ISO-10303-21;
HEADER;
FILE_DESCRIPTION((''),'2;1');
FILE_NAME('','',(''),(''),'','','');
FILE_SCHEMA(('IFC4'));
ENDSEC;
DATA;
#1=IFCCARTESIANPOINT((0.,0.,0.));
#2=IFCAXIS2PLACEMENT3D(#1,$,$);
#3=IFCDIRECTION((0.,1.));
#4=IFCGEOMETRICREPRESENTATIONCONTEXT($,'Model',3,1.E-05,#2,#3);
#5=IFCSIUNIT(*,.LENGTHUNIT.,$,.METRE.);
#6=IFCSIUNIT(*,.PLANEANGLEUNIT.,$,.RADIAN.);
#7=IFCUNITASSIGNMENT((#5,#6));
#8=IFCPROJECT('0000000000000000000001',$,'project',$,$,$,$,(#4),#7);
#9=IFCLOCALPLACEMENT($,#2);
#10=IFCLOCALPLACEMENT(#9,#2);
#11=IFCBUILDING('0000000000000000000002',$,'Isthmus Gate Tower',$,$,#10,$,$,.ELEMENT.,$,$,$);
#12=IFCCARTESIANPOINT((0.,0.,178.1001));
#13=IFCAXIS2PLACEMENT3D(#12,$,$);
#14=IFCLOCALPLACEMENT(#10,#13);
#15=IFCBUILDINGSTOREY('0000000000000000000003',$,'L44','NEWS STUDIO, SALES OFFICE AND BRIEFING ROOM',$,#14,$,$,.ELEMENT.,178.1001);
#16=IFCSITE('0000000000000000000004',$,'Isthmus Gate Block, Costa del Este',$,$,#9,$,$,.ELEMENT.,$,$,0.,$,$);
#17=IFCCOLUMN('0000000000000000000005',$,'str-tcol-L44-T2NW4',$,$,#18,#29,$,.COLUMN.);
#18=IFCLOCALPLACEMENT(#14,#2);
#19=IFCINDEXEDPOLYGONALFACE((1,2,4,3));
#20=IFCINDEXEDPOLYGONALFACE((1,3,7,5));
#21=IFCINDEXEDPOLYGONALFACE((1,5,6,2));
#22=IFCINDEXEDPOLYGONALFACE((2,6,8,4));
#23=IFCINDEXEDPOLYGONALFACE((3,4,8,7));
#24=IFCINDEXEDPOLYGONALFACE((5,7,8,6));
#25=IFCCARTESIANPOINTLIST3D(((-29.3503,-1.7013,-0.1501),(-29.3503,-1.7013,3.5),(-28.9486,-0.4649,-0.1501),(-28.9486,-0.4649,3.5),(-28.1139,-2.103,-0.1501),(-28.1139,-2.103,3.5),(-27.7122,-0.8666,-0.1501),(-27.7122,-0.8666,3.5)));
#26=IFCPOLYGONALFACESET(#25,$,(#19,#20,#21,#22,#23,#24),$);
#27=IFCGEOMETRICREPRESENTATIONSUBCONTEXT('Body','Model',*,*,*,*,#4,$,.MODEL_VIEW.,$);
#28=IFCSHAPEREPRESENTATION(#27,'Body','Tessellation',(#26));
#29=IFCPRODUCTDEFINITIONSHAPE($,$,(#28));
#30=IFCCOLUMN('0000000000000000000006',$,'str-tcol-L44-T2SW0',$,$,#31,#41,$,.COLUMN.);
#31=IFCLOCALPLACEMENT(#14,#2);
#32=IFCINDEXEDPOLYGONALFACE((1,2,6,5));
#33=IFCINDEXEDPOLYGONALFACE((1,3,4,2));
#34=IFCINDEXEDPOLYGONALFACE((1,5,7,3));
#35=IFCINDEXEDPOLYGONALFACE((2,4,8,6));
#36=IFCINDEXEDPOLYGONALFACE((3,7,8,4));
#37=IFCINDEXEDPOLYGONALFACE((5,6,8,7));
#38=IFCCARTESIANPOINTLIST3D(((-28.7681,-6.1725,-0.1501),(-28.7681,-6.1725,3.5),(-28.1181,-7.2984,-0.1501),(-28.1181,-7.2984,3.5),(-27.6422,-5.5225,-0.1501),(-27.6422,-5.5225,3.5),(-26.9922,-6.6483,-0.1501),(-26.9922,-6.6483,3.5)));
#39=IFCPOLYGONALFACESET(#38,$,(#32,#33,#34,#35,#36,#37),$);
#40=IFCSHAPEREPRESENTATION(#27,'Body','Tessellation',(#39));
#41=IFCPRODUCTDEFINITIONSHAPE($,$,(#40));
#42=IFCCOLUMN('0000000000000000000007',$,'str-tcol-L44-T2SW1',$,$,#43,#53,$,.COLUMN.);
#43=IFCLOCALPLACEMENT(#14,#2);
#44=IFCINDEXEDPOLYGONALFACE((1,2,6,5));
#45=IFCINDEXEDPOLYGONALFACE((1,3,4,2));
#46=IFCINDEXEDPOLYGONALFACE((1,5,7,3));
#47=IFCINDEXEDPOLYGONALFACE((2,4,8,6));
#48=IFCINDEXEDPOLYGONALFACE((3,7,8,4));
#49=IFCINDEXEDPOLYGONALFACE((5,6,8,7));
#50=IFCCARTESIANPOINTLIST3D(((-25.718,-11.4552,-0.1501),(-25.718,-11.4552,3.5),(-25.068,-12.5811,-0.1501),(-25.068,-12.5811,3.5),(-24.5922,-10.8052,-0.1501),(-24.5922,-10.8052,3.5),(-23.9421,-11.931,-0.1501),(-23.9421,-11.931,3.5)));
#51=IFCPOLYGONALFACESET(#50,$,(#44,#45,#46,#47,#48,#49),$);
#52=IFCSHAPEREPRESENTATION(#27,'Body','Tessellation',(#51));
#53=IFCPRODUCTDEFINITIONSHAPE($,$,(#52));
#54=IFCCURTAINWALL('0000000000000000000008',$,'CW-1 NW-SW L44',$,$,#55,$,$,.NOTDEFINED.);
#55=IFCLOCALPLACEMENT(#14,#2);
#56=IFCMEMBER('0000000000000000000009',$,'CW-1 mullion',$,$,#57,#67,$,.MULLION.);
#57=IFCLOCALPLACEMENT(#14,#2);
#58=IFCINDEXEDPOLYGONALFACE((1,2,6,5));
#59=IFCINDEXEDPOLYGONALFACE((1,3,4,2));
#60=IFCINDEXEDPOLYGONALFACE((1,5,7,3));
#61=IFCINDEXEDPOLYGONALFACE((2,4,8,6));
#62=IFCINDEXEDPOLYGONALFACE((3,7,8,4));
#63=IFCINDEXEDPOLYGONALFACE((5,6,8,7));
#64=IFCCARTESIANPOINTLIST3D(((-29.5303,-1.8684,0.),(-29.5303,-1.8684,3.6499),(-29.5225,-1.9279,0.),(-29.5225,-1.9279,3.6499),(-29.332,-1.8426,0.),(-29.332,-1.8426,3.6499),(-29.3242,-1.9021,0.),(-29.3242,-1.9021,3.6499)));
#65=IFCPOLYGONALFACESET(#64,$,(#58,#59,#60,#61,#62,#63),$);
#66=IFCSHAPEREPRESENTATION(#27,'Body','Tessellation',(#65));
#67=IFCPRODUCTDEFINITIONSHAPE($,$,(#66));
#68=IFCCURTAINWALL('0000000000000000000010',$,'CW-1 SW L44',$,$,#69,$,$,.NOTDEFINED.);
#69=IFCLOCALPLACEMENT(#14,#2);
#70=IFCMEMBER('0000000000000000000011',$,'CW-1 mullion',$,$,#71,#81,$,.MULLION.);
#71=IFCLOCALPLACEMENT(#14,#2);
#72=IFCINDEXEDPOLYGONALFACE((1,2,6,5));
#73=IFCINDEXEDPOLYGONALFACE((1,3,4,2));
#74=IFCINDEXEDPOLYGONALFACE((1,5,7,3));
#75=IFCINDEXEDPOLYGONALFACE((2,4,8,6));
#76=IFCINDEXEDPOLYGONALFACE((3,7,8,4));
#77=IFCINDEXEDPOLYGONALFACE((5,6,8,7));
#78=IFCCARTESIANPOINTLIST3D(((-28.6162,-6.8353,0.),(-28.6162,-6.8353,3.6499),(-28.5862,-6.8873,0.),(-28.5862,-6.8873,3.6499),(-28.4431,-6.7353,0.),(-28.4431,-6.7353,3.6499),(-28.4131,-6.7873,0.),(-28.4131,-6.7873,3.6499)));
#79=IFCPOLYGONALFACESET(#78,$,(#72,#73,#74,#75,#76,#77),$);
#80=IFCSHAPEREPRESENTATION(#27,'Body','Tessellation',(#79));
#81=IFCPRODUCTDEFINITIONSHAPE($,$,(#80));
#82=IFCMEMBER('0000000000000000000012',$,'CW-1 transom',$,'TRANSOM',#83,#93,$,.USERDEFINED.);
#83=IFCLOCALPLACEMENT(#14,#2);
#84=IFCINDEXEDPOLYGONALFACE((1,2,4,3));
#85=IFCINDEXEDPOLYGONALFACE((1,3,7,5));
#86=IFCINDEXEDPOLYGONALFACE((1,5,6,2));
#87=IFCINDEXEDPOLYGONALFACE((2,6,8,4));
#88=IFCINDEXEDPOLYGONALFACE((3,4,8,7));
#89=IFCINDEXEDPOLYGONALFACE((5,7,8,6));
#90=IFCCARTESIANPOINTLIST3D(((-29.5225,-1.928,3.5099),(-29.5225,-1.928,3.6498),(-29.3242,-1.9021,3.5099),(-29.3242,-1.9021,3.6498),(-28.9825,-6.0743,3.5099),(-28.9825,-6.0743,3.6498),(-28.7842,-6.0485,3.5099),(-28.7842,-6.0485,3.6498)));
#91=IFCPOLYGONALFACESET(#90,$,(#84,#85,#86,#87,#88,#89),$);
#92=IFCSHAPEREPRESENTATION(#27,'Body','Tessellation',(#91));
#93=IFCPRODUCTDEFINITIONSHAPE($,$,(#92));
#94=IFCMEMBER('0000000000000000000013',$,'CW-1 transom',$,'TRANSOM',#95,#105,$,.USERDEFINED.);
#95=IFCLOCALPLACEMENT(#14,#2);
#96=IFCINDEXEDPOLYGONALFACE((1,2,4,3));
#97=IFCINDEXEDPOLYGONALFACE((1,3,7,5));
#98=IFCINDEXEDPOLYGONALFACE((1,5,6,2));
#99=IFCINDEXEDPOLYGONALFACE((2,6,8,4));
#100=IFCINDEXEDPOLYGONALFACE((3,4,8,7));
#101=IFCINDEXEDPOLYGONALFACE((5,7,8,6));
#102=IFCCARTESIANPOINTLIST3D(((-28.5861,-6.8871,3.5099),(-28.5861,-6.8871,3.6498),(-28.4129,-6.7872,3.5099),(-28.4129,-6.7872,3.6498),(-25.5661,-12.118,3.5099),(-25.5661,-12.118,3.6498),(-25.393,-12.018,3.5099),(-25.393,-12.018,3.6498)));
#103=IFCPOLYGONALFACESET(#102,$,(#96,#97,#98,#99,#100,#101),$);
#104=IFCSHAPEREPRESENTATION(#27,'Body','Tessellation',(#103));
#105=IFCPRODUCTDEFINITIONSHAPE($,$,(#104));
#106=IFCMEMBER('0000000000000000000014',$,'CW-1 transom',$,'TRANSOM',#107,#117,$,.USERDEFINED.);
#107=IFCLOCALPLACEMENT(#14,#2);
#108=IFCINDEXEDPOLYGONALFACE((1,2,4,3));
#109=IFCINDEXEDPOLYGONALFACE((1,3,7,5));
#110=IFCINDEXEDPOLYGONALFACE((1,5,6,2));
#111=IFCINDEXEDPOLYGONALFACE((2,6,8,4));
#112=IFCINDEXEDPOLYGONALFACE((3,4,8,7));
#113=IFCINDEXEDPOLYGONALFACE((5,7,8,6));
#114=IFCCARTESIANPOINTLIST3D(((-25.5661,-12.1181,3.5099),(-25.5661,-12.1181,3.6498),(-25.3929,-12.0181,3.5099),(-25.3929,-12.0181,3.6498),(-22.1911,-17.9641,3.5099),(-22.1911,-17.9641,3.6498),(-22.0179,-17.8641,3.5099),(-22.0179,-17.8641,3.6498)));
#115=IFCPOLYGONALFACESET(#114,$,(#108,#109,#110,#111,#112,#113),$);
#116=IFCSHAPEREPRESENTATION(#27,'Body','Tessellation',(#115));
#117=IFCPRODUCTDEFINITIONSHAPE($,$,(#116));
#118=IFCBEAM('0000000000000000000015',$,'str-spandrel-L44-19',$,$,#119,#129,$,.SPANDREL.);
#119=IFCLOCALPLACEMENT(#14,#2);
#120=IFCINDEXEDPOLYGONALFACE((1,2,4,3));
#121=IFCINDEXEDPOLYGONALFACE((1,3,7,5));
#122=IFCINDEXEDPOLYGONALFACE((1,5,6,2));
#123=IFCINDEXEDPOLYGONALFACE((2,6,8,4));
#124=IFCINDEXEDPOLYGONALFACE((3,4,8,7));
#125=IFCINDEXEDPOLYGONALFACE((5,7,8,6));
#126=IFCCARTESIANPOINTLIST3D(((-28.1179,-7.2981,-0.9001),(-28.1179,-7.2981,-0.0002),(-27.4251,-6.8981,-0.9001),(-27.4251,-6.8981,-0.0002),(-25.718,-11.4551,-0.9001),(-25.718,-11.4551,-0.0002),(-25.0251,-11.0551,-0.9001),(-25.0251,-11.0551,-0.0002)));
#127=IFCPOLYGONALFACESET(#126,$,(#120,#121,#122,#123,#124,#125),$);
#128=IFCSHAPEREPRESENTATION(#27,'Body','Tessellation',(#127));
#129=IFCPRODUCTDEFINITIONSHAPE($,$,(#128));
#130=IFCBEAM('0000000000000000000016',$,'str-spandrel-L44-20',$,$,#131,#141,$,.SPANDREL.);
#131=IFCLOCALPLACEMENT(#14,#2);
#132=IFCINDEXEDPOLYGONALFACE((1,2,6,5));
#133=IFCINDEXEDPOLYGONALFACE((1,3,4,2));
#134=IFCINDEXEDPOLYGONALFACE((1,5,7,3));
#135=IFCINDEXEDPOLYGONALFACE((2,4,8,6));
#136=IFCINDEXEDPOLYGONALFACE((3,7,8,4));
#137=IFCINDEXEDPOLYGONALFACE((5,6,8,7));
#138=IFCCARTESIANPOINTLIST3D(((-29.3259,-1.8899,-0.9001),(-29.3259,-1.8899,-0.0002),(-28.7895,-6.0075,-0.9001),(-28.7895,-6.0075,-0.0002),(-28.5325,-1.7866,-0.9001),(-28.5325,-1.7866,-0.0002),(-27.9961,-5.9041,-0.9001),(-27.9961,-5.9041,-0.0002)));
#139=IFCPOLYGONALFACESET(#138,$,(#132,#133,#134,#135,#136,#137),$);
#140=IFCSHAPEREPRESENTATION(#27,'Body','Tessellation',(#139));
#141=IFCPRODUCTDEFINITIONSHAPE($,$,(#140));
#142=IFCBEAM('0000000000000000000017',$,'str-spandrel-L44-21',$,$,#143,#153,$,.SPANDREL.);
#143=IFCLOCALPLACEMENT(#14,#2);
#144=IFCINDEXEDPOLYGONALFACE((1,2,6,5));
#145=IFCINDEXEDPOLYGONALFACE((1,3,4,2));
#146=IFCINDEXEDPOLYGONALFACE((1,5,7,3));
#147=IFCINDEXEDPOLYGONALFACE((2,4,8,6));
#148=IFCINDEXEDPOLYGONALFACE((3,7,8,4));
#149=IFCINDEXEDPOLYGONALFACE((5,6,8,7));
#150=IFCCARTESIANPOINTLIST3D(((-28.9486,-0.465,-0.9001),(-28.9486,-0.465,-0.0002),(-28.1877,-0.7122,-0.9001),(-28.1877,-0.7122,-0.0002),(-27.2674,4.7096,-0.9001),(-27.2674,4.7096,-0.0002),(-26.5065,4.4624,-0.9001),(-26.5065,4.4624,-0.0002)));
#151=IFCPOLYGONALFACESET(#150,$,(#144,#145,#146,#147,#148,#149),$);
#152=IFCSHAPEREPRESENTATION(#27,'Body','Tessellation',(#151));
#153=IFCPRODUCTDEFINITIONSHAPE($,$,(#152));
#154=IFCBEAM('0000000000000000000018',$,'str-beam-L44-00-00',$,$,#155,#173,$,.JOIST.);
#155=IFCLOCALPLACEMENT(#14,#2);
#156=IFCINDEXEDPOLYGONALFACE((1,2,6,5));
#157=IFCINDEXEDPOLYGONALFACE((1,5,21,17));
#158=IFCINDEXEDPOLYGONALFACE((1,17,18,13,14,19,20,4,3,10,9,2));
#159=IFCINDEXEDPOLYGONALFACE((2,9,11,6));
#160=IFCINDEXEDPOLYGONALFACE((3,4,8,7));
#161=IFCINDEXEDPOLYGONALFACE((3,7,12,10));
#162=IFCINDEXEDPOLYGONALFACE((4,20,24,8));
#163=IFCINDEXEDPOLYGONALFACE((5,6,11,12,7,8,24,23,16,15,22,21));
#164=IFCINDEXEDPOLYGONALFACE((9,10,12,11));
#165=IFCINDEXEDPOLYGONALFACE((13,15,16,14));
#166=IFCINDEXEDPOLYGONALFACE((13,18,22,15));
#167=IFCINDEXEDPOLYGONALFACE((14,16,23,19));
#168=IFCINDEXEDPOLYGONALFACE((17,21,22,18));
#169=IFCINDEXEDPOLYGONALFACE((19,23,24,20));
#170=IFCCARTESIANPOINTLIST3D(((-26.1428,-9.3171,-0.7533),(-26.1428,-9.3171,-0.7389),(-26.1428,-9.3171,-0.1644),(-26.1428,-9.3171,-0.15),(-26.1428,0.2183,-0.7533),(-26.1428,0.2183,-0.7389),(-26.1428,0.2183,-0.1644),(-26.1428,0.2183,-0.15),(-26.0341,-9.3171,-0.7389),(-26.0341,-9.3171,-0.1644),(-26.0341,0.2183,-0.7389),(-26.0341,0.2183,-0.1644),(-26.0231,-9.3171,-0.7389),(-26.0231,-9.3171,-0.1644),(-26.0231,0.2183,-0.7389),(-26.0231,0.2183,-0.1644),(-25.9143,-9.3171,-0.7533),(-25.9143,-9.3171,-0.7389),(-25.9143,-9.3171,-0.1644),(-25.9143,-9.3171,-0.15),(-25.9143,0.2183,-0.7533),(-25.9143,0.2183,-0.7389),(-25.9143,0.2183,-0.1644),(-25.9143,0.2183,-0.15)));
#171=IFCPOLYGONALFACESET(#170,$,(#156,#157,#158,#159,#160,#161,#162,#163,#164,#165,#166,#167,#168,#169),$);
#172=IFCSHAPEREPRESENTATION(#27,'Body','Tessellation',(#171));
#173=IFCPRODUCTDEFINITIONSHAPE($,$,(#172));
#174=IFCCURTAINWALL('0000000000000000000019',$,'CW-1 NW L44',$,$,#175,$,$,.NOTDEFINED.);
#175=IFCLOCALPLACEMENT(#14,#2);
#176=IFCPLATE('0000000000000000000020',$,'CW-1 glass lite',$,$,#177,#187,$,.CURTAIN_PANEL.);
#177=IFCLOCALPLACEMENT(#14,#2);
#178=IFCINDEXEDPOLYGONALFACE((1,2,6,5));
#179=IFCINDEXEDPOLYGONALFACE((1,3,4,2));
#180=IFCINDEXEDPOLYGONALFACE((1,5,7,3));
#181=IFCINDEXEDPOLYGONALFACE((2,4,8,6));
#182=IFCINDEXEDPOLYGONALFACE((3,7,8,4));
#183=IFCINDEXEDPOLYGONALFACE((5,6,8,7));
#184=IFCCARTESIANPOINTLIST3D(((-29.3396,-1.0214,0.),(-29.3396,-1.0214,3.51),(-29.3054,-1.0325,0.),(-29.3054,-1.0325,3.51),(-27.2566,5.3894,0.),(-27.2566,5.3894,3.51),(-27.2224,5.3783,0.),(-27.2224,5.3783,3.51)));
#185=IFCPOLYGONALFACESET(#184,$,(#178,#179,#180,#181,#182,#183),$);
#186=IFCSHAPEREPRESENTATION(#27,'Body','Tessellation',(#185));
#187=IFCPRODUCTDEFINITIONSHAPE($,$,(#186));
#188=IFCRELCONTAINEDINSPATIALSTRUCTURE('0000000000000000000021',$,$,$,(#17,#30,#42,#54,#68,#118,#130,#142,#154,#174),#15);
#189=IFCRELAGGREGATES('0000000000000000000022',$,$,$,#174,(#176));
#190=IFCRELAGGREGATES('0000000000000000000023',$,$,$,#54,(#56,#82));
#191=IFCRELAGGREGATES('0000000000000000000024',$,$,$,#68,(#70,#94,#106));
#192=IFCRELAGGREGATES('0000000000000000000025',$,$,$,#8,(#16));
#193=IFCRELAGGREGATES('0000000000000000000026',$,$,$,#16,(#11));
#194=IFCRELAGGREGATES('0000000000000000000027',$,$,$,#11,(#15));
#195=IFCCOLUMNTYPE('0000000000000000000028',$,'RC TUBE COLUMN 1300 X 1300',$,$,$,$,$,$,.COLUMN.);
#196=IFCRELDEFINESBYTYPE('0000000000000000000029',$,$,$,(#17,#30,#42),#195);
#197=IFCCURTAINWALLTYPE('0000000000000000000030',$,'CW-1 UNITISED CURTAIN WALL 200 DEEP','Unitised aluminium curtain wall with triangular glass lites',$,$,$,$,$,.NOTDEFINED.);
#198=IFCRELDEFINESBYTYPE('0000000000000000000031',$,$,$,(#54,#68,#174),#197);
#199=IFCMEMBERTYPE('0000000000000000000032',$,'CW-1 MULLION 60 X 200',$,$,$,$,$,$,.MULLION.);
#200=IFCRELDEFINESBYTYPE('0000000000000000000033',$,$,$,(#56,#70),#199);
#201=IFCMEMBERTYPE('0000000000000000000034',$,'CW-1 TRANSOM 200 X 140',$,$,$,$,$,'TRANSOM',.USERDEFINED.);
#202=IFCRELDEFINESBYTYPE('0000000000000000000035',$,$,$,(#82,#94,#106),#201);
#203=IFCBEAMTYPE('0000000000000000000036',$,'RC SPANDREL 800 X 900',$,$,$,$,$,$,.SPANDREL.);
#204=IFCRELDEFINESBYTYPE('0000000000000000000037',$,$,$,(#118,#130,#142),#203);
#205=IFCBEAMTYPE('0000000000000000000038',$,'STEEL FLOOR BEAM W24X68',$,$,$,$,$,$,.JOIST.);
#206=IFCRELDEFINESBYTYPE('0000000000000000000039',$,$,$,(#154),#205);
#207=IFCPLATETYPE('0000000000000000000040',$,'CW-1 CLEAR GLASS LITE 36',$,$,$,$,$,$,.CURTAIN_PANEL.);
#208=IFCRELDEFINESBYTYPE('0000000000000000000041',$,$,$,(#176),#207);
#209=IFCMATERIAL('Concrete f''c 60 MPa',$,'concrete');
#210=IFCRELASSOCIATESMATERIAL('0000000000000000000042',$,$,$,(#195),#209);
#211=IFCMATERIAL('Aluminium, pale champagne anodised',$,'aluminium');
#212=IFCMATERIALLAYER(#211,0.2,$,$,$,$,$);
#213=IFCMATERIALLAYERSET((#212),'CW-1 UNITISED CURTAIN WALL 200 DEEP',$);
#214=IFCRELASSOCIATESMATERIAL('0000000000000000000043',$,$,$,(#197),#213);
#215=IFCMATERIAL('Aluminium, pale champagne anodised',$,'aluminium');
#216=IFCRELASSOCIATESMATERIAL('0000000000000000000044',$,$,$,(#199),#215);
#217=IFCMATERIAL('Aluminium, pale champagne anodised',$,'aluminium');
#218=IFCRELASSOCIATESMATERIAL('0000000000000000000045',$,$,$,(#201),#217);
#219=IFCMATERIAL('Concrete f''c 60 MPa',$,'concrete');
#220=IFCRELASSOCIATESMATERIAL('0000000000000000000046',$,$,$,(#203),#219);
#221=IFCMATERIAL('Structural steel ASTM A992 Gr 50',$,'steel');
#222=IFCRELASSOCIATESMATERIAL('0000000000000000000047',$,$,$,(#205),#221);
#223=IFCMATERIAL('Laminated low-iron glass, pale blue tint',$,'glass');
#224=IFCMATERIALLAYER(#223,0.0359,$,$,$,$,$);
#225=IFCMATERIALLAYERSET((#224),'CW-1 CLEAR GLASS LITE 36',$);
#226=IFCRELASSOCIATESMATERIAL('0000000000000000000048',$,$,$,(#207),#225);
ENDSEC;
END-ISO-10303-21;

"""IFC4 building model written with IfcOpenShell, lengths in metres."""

from ifc_helpers import new_model, si_unit, direction, frame, origin, origin_2d, place, context, subcontext, project, spatial, rectangle, i_section, extrude, material, layer, layer_set, material_profile, profile_set, type_object, element, aggregate, save


model = new_model("IFC4")

# Units and contexts
model_context = context("Model", 3, precision=1e-05, world=origin(), true_north=direction((0.0, 1.0)))
body_context = subcontext(model_context, "Body", "Model", "MODEL_VIEW")
ifc_project = project(units=[si_unit("LENGTHUNIT", "METRE"), si_unit("PLANEANGLEUNIT", "RADIAN")], contexts=[model_context])

# Site, building, storey
site_placement = place(None, origin())
site = spatial("IfcSite", under=ifc_project, at=site_placement, Name="Isthmus Gate Block, Costa del Este", CompositionType="ELEMENT", RefElevation=0.0)
building_placement = place(site_placement, origin())
building = spatial("IfcBuilding", under=site, at=building_placement, Name="Isthmus Gate Tower", CompositionType="ELEMENT")
storey_placement = place(building_placement, frame((0.0, 0.0, 178.1001)))
storey = spatial("IfcBuildingStorey", under=building, at=storey_placement, Name="L44", Description="NEWS STUDIO, SALES OFFICE AND BRIEFING ROOM", CompositionType="ELEMENT", Elevation=178.1001)

# Columns
ifc_material_1 = material(Name="Concrete f'c 60 MPa", Category="concrete")
ifc_material_profile_1 = material_profile(ifc_material_1, rectangle(XDim=1.3, YDim=1.3, at=origin_2d()), Name="RC 1300X1300")
ifc_profile_set_1 = profile_set([ifc_material_profile_1], Name="Concrete f'c 60 MPa")
column_type = type_object("IfcColumnType", Name="RC TUBE COLUMN 1300 X 1300", PredefinedType="COLUMN", material=ifc_profile_set_1)
for number, where, z_axis, x_axis, name in (
    (1, (-28.5312, -1.2839, -0.1501), (0.0, 0.0, 1.0), (-0.309017, -0.951057, 0.0), "str-tcol-L44-T2NW4"),
    (2, (-27.8801, -6.4104, -0.1501), (0.0, 0.0, 1.0), (0.5, -0.866025, 0.0), "str-tcol-L44-T2SW0"),
    (3, (-24.8301, -11.6931, -0.1501), (0.0, 0.0, 1.0), (0.5, -0.866025, 0.0), "str-tcol-L44-T2SW1"),
):
    element("IfcColumn", number, at=place(storey_placement, frame(where, z_axis=z_axis, x_axis=x_axis)), inside=storey, type_object=column_type, Name=name, PredefinedType="COLUMN", context=body_context, shape_type="SweptSolid", body=[
        extrude(rectangle(XDim=1.3, YDim=1.3, at=origin_2d()), origin(), (0.0, 0.0, 1.0), 3.6501),
    ])

# Curtain walls, members
ifc_material_2 = material(Name="Aluminium, pale champagne anodised", Category="aluminium")
ifc_layer_1 = layer(ifc_material_2, 0.2)
ifc_layer_set_1 = layer_set([ifc_layer_1], Name="CW-1 UNITISED CURTAIN WALL 200 DEEP")
curtain_wall_type = type_object("IfcCurtainWallType", Name="CW-1 UNITISED CURTAIN WALL 200 DEEP", Description="Unitised aluminium curtain wall with triangular glass lites", PredefinedType="NOTDEFINED", material=ifc_layer_set_1)
curtain_wall_1_placement = place(storey_placement, origin())
curtain_wall_1 = element("IfcCurtainWall", 4, at=curtain_wall_1_placement, inside=storey, type_object=curtain_wall_type, Name="CW-1 NW-SW L44", PredefinedType="NOTDEFINED")
ifc_material_3 = material(Name="Aluminium, pale champagne anodised", Category="aluminium")
ifc_material_profile_2 = material_profile(ifc_material_3, rectangle(XDim=0.0601, YDim=0.2, at=origin_2d()), Name="60x200")
ifc_profile_set_2 = profile_set([ifc_material_profile_2], Name="Aluminium, pale champagne anodised")
member_type_1 = type_object("IfcMemberType", Name="CW-1 MULLION 60 X 200", PredefinedType="MULLION", material=ifc_profile_set_2)
member_1_placement = place(storey_placement, frame((-29.4272, -1.8853, 0.0), z_axis=(0.0, 0.0, 1.0), x_axis=(0.129165, -0.991623, 0.0)))
member_1 = element("IfcMember", 5, at=member_1_placement, type_object=member_type_1, Name="CW-1 mullion", PredefinedType="MULLION", context=body_context, shape_type="SweptSolid", body=[
    extrude(rectangle(XDim=0.0601, YDim=0.2, at=origin_2d()), origin(), (0.0, 0.0, 1.0), 3.6499),
])
curtain_wall_2_placement = place(storey_placement, origin())
curtain_wall_2 = element("IfcCurtainWall", 6, at=curtain_wall_2_placement, inside=storey, type_object=curtain_wall_type, Name="CW-1 SW L44", PredefinedType="NOTDEFINED")
member_2_placement = place(storey_placement, frame((-28.5146, -6.8113, 0.0), z_axis=(0.0, 0.0, 1.0), x_axis=(0.5, -0.866025, 0.0)))
member_2 = element("IfcMember", 7, at=member_2_placement, type_object=member_type_1, Name="CW-1 mullion", PredefinedType="MULLION", context=body_context, shape_type="SweptSolid", body=[
    extrude(rectangle(XDim=0.0601, YDim=0.2, at=origin_2d()), origin(), (0.0, 0.0, 1.0), 3.6499),
])

# Members
ifc_material_4 = material(Name="Aluminium, pale champagne anodised", Category="aluminium")
ifc_material_profile_3 = material_profile(ifc_material_4, rectangle(XDim=0.2, YDim=0.1399, at=origin_2d()), Name="200x140")
ifc_profile_set_3 = profile_set([ifc_material_profile_3], Name="Aluminium, pale champagne anodised")
member_type_2 = type_object("IfcMemberType", Name="CW-1 TRANSOM 200 X 140", ElementType="TRANSOM", PredefinedType="USERDEFINED", material=ifc_profile_set_3)
member_3_placement = place(storey_placement, frame((-29.4233, -1.915, 3.5798), z_axis=(0.129149, -0.991625, 0.0), x_axis=(0.991625, 0.129149, 0.0)))
member_3 = element("IfcMember", 8, at=member_3_placement, type_object=member_type_2, Name="CW-1 transom", ObjectType="TRANSOM", PredefinedType="USERDEFINED", context=body_context, shape_type="SweptSolid", body=[
    extrude(rectangle(XDim=0.2, YDim=0.1399, at=origin_2d()), origin(), (0.0, 0.0, 1.0), 4.1814),
])
member_4_placement = place(storey_placement, frame((-28.4995, -6.8372, 3.5798), z_axis=(0.499991, -0.866031, 0.0), x_axis=(0.866031, 0.499991, 0.0)))
member_4 = element("IfcMember", 9, at=member_4_placement, type_object=member_type_2, Name="CW-1 transom", ObjectType="TRANSOM", PredefinedType="USERDEFINED", context=body_context, shape_type="SweptSolid", body=[
    extrude(rectangle(XDim=0.2, YDim=0.1399, at=origin_2d()), origin(), (0.0, 0.0, 1.0), 6.04),
])
member_5_placement = place(storey_placement, frame((-25.4795, -12.0681, 3.5798), z_axis=(0.499982, -0.866036, 0.0), x_axis=(0.866036, 0.499982, 0.0)))
member_5 = element("IfcMember", 10, at=member_5_placement, type_object=member_type_2, Name="CW-1 transom", ObjectType="TRANSOM", PredefinedType="USERDEFINED", context=body_context, shape_type="SweptSolid", body=[
    extrude(rectangle(XDim=0.2, YDim=0.1399, at=origin_2d()), origin(), (0.0, 0.0, 1.0), 6.7502),
])

# Beams
ifc_material_5 = material(Name="Concrete f'c 60 MPa", Category="concrete")
ifc_material_profile_4 = material_profile(ifc_material_5, rectangle(XDim=0.8, YDim=0.8999, at=origin_2d()), Name="RC 800X900")
ifc_profile_set_4 = profile_set([ifc_material_profile_4], Name="Concrete f'c 60 MPa")
beam_type_1 = type_object("IfcBeamType", Name="RC SPANDREL 800 X 900", PredefinedType="SPANDREL", material=ifc_profile_set_4)
beam_1_placement = place(storey_placement, frame((-25.3716, -11.2551, -0.4502), z_axis=(-0.499979, 0.866037, 0.0), x_axis=(-0.866037, -0.499979, 0.0)))
element("IfcBeam", 11, at=beam_1_placement, inside=storey, type_object=beam_type_1, Name="str-spandrel-L44-19", PredefinedType="SPANDREL", context=body_context, shape_type="SweptSolid", body=[
    extrude(rectangle(XDim=0.8, YDim=0.8999, at=origin_2d()), origin(), (0.0, 0.0, 1.0), 4.8),
])
beam_2_placement = place(storey_placement, frame((-28.3928, -5.9558, -0.4502), z_axis=(-0.129171, 0.991622, 0.0), x_axis=(-0.991622, -0.129171, 0.0)))
element("IfcBeam", 12, at=beam_2_placement, inside=storey, type_object=beam_type_1, Name="str-spandrel-L44-20", PredefinedType="SPANDREL", context=body_context, shape_type="SweptSolid", body=[
    extrude(rectangle(XDim=0.8, YDim=0.8999, at=origin_2d()), origin(), (0.0, 0.0, 1.0), 4.1523),
])
beam_3_placement = place(storey_placement, frame((-28.5681, -0.5886, -0.4502), z_axis=(0.30899, 0.951065, 0.0), x_axis=(-0.951065, 0.30899, 0.0)))
element("IfcBeam", 13, at=beam_3_placement, inside=storey, type_object=beam_type_1, Name="str-spandrel-L44-21", PredefinedType="SPANDREL", context=body_context, shape_type="SweptSolid", body=[
    extrude(rectangle(XDim=0.8, YDim=0.8999, at=origin_2d()), origin(), (0.0, 0.0, 1.0), 5.4409),
])
ifc_material_6 = material(Name="Structural steel ASTM A992 Gr 50", Category="steel")
ifc_material_profile_5 = material_profile(ifc_material_6, i_section(OverallWidth=0.2285, OverallDepth=0.6033, WebThickness=0.011, FlangeThickness=0.0144, at=origin_2d()), Name="W24X68")
ifc_profile_set_5 = profile_set([ifc_material_profile_5], Name="Structural steel ASTM A992 Gr 50")
beam_type_2 = type_object("IfcBeamType", Name="STEEL FLOOR BEAM W24X68", PredefinedType="JOIST", material=ifc_profile_set_5)
beam_4_placement = place(storey_placement, frame((-26.0286, -9.3171, -0.4517), z_axis=(0.0, 1.0, 0.0), x_axis=(-1.0, 0.0, 0.0)))
element("IfcBeam", 14, at=beam_4_placement, inside=storey, type_object=beam_type_2, Name="str-beam-L44-00-00", PredefinedType="JOIST", context=body_context, shape_type="SweptSolid", body=[
    extrude(i_section(OverallWidth=0.2285, OverallDepth=0.6033, WebThickness=0.011, FlangeThickness=0.0144, at=origin_2d()), origin(), (0.0, 0.0, 1.0), 9.5354),
])

# Curtain wall, plate
curtain_wall_3_placement = place(storey_placement, origin())
curtain_wall_3 = element("IfcCurtainWall", 15, at=curtain_wall_3_placement, inside=storey, type_object=curtain_wall_type, Name="CW-1 NW L44", PredefinedType="NOTDEFINED")
ifc_material_7 = material(Name="Laminated low-iron glass, pale blue tint", Category="glass")
ifc_layer_2 = layer(ifc_material_7, 0.0359)
ifc_layer_set_2 = layer_set([ifc_layer_2], Name="CW-1 CLEAR GLASS LITE 36")
plate_type = type_object("IfcPlateType", Name="CW-1 CLEAR GLASS LITE 36", PredefinedType="CURTAIN_PANEL", material=ifc_layer_set_2)
plate_1_placement = place(storey_placement, frame((-28.281, 2.1785, 0.0), z_axis=(0.0, 0.0, 1.0), x_axis=(-0.309017, -0.951057, 0.0)))
plate_1 = element("IfcPlate", 16, at=plate_1_placement, type_object=plate_type, Name="CW-1 glass lite", PredefinedType="CURTAIN_PANEL", context=body_context, shape_type="SweptSolid", body=[
    extrude(rectangle(XDim=6.7407, YDim=0.0359, at=origin_2d()), origin(), (0.0, 0.0, 1.0), 3.51),
])
aggregate(curtain_wall_3, [plate_1])

aggregate(curtain_wall_1, [member_1, member_3])
aggregate(curtain_wall_2, [member_2, member_4, member_5])

save(model, "model.ifc")
